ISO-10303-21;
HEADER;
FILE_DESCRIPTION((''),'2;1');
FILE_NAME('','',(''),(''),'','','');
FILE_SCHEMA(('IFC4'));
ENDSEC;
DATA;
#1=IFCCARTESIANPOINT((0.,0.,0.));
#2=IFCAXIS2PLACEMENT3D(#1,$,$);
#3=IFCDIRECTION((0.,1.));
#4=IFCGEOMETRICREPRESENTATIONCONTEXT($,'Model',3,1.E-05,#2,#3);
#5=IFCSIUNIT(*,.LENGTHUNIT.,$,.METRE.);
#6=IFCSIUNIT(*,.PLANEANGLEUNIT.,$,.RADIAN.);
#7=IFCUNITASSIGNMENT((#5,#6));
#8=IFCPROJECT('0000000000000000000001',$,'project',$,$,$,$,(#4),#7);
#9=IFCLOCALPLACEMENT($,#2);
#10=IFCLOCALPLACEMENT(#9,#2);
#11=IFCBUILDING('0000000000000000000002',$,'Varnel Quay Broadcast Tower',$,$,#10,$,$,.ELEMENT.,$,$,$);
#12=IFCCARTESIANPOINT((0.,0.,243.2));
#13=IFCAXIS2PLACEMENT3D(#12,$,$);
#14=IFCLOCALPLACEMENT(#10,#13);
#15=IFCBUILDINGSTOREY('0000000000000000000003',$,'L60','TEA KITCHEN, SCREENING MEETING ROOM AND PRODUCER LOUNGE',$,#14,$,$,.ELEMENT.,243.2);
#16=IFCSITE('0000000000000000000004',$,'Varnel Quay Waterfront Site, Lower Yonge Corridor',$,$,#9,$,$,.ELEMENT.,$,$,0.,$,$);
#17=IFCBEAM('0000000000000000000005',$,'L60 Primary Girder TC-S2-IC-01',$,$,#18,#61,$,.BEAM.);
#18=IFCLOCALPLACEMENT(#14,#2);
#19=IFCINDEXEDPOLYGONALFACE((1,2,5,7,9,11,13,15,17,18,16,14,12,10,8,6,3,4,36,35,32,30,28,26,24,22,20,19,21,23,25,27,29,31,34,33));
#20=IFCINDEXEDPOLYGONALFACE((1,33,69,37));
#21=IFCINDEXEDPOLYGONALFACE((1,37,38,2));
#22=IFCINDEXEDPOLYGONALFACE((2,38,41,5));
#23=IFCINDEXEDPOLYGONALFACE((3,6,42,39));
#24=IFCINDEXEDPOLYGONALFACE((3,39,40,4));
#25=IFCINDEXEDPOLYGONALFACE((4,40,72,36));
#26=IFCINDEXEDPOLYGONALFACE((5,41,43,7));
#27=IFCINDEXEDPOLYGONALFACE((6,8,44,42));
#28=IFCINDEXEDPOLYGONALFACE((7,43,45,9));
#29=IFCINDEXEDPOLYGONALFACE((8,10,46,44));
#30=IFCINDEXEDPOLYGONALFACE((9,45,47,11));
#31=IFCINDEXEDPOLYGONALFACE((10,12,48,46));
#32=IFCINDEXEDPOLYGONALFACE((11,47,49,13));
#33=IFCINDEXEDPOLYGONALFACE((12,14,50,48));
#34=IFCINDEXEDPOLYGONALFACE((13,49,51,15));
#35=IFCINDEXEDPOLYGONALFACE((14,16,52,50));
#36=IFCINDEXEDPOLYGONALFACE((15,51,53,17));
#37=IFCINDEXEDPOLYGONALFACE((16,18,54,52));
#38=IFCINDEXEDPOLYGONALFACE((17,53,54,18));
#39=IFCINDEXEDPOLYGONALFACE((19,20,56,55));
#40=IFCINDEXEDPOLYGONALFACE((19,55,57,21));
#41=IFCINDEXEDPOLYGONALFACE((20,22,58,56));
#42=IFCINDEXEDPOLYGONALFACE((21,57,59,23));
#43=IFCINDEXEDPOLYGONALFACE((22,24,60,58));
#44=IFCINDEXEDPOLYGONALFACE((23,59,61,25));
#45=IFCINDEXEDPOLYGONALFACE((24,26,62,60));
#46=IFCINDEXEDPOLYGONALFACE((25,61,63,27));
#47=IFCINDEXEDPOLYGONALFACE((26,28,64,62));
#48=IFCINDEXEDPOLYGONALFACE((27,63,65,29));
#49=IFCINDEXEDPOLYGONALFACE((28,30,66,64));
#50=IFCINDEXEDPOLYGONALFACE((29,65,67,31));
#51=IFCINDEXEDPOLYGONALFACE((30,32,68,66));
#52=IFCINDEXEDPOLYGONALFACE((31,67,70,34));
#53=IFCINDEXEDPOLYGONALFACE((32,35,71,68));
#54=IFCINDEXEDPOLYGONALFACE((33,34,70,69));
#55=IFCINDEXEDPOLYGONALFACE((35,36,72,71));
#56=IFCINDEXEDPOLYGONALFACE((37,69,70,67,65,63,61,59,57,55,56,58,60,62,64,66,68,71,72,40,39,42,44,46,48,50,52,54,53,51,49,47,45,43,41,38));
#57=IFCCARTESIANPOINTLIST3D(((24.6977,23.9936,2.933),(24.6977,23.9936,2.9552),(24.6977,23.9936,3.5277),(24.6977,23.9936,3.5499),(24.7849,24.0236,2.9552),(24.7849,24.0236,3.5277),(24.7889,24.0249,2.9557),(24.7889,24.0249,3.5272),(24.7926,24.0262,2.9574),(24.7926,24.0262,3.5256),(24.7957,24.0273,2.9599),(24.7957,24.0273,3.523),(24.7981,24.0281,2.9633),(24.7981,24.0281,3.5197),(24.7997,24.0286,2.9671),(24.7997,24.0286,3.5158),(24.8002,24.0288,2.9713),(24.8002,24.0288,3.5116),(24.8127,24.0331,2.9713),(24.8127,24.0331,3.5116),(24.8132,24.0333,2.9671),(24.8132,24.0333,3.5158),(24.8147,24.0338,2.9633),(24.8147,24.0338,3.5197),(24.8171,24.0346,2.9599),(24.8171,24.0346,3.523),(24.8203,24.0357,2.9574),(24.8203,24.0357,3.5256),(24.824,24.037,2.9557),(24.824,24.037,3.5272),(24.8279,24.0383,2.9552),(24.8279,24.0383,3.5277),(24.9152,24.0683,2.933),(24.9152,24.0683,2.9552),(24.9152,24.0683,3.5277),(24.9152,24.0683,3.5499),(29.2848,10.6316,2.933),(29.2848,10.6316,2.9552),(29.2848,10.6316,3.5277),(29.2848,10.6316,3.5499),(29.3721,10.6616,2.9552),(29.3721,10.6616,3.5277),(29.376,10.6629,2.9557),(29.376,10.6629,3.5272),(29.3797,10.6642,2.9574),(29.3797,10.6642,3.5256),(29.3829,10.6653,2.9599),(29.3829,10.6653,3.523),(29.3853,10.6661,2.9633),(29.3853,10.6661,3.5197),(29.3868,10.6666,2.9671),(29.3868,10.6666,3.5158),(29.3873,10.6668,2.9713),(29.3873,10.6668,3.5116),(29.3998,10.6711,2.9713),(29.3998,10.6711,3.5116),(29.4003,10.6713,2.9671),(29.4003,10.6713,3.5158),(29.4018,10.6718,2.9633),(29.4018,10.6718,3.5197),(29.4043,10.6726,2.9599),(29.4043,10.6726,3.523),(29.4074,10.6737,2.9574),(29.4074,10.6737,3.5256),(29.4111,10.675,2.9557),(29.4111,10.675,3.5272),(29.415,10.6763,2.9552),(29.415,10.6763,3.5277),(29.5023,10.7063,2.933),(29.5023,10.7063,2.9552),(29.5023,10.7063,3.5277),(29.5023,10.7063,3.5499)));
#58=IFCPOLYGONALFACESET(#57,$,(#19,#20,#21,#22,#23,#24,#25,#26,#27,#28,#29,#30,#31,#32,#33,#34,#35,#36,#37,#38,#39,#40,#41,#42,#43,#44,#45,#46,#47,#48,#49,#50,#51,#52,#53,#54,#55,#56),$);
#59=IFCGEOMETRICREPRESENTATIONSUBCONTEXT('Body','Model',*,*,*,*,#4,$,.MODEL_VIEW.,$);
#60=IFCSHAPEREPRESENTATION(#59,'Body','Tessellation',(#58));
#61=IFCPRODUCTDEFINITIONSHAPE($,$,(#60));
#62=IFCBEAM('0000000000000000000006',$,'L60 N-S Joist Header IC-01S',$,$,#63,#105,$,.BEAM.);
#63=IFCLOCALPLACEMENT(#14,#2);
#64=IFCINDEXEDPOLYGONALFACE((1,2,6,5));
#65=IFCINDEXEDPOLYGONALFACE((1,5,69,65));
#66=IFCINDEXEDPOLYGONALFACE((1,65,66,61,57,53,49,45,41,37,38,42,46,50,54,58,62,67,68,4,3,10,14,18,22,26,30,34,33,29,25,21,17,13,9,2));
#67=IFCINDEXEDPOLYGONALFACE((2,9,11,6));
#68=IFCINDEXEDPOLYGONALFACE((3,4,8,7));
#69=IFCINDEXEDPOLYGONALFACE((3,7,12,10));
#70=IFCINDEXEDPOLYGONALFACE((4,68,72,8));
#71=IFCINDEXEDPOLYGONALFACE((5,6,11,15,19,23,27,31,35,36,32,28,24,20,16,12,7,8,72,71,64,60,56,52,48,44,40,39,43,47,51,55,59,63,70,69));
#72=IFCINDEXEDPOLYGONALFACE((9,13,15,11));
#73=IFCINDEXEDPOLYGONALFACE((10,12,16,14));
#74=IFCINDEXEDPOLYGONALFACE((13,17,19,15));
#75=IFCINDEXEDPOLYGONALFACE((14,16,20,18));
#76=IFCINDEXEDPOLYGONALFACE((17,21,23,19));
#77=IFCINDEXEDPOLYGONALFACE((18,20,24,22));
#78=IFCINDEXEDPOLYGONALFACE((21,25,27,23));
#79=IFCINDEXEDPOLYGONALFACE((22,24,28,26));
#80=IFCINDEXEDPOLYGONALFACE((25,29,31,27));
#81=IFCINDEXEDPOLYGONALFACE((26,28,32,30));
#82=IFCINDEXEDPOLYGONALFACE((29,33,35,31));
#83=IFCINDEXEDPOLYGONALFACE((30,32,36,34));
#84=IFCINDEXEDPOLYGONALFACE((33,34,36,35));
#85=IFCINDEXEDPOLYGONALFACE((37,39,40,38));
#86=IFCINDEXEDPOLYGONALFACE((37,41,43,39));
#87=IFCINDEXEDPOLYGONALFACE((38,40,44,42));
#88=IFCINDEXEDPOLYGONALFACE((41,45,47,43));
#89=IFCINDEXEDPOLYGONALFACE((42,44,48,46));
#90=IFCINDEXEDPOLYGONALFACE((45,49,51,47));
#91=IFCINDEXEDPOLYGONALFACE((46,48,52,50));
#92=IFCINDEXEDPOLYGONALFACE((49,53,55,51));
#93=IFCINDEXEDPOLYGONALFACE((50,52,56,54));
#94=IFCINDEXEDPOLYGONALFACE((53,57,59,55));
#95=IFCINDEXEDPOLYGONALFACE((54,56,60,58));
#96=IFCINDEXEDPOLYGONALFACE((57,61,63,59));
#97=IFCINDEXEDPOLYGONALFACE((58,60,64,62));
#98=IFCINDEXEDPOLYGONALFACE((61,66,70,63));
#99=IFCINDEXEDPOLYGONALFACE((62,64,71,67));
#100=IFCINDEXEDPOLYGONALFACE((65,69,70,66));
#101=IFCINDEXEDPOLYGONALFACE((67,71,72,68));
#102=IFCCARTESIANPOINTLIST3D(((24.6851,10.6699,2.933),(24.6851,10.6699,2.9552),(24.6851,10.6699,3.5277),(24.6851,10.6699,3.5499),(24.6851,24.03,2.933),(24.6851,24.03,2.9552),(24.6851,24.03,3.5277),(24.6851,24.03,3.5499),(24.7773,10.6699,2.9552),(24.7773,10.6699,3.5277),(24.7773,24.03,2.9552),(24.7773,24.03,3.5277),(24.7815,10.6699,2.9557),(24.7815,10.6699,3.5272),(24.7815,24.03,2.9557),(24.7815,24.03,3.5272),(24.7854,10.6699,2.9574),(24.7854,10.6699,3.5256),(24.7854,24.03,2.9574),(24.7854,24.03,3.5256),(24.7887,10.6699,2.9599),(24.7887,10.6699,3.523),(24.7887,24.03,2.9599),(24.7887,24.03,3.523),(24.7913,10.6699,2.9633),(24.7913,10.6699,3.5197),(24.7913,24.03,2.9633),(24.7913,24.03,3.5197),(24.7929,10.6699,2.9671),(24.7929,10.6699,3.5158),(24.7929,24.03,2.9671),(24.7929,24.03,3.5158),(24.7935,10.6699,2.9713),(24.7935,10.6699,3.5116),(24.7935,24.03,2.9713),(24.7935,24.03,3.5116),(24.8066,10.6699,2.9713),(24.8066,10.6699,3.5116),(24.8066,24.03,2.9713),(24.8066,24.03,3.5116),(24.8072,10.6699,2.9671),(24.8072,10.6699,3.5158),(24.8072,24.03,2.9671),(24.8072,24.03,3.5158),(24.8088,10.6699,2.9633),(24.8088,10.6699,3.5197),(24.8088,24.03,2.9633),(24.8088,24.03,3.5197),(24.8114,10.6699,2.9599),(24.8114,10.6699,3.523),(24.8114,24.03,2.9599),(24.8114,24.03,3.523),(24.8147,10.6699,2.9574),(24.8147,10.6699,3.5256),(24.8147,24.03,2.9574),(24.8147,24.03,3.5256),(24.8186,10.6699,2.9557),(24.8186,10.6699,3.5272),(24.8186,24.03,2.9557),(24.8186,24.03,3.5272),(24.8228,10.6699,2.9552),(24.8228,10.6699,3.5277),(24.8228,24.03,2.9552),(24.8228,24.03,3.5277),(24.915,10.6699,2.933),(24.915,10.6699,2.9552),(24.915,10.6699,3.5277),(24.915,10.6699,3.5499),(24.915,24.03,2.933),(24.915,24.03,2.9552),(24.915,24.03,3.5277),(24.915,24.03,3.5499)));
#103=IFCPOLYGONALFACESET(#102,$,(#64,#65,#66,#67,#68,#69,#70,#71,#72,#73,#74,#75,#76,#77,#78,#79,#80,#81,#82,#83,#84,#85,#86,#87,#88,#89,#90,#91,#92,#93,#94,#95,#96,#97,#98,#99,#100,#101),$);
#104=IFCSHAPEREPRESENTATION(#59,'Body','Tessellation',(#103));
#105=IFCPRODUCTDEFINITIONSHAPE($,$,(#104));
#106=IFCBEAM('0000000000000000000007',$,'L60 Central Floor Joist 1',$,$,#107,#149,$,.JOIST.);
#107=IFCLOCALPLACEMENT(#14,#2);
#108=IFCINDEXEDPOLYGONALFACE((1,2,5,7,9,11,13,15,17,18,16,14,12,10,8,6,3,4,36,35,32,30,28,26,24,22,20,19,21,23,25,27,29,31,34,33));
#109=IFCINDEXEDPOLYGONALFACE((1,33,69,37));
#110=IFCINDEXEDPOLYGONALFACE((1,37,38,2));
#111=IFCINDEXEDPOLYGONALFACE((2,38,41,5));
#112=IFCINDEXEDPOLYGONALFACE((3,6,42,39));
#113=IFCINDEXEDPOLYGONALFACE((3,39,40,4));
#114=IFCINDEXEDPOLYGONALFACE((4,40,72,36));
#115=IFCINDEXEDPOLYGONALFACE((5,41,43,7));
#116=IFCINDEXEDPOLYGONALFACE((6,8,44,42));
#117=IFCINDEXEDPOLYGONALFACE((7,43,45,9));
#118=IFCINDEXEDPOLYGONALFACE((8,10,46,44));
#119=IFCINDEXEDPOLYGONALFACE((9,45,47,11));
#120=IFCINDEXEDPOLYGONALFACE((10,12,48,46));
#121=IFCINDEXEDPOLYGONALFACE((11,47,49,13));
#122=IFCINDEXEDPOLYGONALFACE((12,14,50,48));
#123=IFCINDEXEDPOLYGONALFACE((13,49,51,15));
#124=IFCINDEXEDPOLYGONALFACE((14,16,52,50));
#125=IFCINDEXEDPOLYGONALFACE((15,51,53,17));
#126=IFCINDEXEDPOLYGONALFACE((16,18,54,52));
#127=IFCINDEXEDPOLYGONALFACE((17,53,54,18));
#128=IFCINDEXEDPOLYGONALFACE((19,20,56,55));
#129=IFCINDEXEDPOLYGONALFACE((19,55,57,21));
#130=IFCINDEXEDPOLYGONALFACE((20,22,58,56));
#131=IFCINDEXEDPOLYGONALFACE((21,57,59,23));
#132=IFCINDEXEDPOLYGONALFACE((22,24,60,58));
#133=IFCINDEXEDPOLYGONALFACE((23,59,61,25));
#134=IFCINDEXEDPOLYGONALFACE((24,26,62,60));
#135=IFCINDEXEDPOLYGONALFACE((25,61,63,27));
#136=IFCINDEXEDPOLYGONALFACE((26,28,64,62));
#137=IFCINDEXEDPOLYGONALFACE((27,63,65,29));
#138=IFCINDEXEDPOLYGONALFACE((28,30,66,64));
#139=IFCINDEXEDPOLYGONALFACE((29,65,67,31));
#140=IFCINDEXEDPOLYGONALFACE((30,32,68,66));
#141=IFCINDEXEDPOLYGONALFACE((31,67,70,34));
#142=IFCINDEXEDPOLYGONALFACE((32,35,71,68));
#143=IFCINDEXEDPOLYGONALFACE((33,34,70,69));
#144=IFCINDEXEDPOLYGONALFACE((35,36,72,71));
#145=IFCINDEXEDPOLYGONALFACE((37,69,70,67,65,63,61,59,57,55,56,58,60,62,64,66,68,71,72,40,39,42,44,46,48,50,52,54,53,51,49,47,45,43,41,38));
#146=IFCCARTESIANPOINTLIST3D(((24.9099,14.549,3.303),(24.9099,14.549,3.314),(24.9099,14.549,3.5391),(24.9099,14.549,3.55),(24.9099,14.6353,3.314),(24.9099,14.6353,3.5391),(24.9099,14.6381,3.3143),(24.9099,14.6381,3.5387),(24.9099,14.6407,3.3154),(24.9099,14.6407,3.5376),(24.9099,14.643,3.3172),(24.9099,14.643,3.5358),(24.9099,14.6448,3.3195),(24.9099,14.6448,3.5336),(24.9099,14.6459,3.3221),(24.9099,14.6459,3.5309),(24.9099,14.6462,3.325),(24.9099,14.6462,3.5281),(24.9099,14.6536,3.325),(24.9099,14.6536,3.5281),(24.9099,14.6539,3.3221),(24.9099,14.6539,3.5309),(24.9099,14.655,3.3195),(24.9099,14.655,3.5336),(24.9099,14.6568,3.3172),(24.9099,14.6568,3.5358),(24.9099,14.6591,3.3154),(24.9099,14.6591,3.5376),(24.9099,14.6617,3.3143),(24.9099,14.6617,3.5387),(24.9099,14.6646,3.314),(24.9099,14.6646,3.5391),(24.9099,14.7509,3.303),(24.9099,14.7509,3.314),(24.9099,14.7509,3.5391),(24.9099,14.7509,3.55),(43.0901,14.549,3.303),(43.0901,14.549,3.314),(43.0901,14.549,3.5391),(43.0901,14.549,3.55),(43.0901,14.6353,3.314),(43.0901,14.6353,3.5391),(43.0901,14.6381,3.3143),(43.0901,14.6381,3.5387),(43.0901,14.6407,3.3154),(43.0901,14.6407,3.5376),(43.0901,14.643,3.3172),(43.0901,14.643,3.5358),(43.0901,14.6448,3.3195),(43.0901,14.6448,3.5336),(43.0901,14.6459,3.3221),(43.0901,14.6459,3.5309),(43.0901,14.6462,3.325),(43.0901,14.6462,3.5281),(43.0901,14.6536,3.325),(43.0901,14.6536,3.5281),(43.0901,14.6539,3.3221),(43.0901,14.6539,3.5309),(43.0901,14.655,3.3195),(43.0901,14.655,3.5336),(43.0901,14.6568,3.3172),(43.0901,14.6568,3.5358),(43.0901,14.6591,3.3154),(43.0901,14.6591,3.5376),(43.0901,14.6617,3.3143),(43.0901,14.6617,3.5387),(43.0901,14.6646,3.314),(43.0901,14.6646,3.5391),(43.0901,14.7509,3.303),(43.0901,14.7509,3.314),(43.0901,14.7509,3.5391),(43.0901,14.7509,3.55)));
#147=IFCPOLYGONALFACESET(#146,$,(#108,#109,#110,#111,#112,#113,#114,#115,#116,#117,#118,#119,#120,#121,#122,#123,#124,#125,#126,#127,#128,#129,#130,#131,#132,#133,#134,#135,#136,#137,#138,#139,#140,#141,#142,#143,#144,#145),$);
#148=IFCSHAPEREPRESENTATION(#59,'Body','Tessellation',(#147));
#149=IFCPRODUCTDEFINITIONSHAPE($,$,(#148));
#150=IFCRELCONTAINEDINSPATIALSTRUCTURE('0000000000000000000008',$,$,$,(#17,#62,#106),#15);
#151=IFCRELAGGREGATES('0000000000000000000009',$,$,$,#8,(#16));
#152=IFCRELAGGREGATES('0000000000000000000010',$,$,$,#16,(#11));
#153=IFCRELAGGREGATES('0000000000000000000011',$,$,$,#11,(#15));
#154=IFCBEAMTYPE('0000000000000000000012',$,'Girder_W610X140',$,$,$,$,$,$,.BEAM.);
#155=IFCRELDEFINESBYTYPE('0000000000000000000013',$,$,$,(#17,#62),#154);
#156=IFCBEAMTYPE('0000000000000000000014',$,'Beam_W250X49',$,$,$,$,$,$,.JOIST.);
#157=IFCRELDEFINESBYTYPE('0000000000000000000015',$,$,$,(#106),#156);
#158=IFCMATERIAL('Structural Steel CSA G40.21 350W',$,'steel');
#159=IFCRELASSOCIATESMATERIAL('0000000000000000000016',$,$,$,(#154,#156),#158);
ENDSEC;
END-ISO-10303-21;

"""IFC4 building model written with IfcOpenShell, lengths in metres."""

from ifc_helpers import new_model, si_unit, direction, frame, origin, origin_2d, place, context, subcontext, project, spatial, i_section, extrude, source, transform, mapped, material, material_profile, profile_set, type_object, type_shapes, element, save


model = new_model("IFC4")

# Units and contexts
model_context = context("Model", 3, precision=1e-05, world=origin(), true_north=direction((0.0, 1.0)))
body_context = subcontext(model_context, "Body", "Model", "MODEL_VIEW")
ifc_project = project(units=[si_unit("LENGTHUNIT", "METRE"), si_unit("PLANEANGLEUNIT", "RADIAN")], contexts=[model_context])

# Site, building, storey
site_placement = place(None, origin())
site = spatial("IfcSite", under=ifc_project, at=site_placement, Name="Varnel Quay Waterfront Site, Lower Yonge Corridor", CompositionType="ELEMENT", RefElevation=0.0)
building_placement = place(site_placement, origin())
building = spatial("IfcBuilding", under=site, at=building_placement, Name="Varnel Quay Broadcast Tower", CompositionType="ELEMENT")
storey_placement = place(building_placement, frame((0.0, 0.0, 243.2)))
storey = spatial("IfcBuildingStorey", under=building, at=storey_placement, Name="L60", Description="TEA KITCHEN, SCREENING MEETING ROOM AND PRODUCER LOUNGE", CompositionType="ELEMENT", Elevation=243.2)

# Shared definitions
ifc_material_1 = material(Name="Structural Steel CSA G40.21 350W", Category="steel")

# Beams
ifc_material_profile_1 = material_profile(ifc_material_1, i_section(OverallWidth=0.23, OverallDepth=0.6169, WebThickness=0.0132, FlangeThickness=0.0222, FilletRadius=0.0161, at=origin_2d()), Name="W610X140")
ifc_profile_set_1 = profile_set([ifc_material_profile_1], Name="Structural Steel CSA G40.21 350W")
beam_type_1 = type_object("IfcBeamType", Name="Girder_W610X140", PredefinedType="BEAM", material=ifc_profile_set_1)
shared_shape_1 = source(origin(), body_context, "Body", "SweptSolid", [
    extrude(i_section(OverallWidth=0.23, OverallDepth=0.6169, WebThickness=0.0132, FlangeThickness=0.0222, FilletRadius=0.0161, at=origin_2d()), origin(), (0.0, 0.0, 1.0), 14.1274),
])
beam_1_placement = place(storey_placement, frame((29.3936, 10.6689, 3.2415), z_axis=(-0.324697, 0.945818, 0.0), x_axis=(-0.945818, -0.324697, 0.0)))
element("IfcBeam", 1, at=beam_1_placement, inside=storey, type_object=beam_type_1, Name="L60 Primary Girder TC-S2-IC-01", PredefinedType="BEAM", context=body_context, shape_type="MappedRepresentation", body=[
    mapped(shared_shape_1, transform((0.0, 0.0, 0.0), x_axis=(1.0, 0.0, 0.0), y_axis=(0.0, 1.0, 0.0), z_axis=(0.0, 0.0, 1.0), scale=1.0)),
])
shared_shape_2 = source(origin(), body_context, "Body", "SweptSolid", [
    extrude(i_section(OverallWidth=0.23, OverallDepth=0.6169, WebThickness=0.0132, FlangeThickness=0.0222, FilletRadius=0.0161, at=origin_2d()), origin(), (0.0, 0.0, 1.0), 13.3601),
])
type_shapes(beam_type_1, [shared_shape_1, shared_shape_2])
beam_2_placement = place(storey_placement, frame((24.8, 10.6699, 3.2415), z_axis=(0.0, 1.0, 0.0), x_axis=(-1.0, 0.0, 0.0)))
element("IfcBeam", 2, at=beam_2_placement, inside=storey, type_object=beam_type_1, Name="L60 N-S Joist Header IC-01S", PredefinedType="BEAM", context=body_context, shape_type="MappedRepresentation", body=[
    mapped(shared_shape_2, transform((0.0, 0.0, 0.0), x_axis=(1.0, 0.0, 0.0), y_axis=(0.0, 1.0, 0.0), z_axis=(0.0, 0.0, 1.0), scale=1.0)),
])
ifc_material_profile_2 = material_profile(ifc_material_1, i_section(OverallWidth=0.2019, OverallDepth=0.2471, WebThickness=0.0073, FlangeThickness=0.011, FilletRadius=0.011, at=origin_2d()), Name="W250X49")
ifc_profile_set_2 = profile_set([ifc_material_profile_2], Name="Structural Steel CSA G40.21 350W")
beam_type_2 = type_object("IfcBeamType", Name="Beam_W250X49", PredefinedType="JOIST", material=ifc_profile_set_2)
shared_shape_3 = source(origin(), body_context, "Body", "SweptSolid", [
    extrude(i_section(OverallWidth=0.2019, OverallDepth=0.2471, WebThickness=0.0073, FlangeThickness=0.011, FilletRadius=0.011, at=origin_2d()), origin(), (0.0, 0.0, 1.0), 18.1802),
])
type_shapes(beam_type_2, [shared_shape_3])
beam_3_placement = place(storey_placement, frame((24.9099, 14.6499, 3.4265), z_axis=(1.0, 0.0, 0.0), x_axis=(0.0, 1.0, 0.0)))
element("IfcBeam", 3, at=beam_3_placement, inside=storey, type_object=beam_type_2, Name="L60 Central Floor Joist 1", PredefinedType="JOIST", context=body_context, shape_type="MappedRepresentation", body=[
    mapped(shared_shape_3, transform((0.0, 0.0, 0.0), x_axis=(1.0, 0.0, 0.0), y_axis=(0.0, 1.0, 0.0), z_axis=(0.0, 0.0, 1.0), scale=1.0)),
])

save(model, "model.ifc")
